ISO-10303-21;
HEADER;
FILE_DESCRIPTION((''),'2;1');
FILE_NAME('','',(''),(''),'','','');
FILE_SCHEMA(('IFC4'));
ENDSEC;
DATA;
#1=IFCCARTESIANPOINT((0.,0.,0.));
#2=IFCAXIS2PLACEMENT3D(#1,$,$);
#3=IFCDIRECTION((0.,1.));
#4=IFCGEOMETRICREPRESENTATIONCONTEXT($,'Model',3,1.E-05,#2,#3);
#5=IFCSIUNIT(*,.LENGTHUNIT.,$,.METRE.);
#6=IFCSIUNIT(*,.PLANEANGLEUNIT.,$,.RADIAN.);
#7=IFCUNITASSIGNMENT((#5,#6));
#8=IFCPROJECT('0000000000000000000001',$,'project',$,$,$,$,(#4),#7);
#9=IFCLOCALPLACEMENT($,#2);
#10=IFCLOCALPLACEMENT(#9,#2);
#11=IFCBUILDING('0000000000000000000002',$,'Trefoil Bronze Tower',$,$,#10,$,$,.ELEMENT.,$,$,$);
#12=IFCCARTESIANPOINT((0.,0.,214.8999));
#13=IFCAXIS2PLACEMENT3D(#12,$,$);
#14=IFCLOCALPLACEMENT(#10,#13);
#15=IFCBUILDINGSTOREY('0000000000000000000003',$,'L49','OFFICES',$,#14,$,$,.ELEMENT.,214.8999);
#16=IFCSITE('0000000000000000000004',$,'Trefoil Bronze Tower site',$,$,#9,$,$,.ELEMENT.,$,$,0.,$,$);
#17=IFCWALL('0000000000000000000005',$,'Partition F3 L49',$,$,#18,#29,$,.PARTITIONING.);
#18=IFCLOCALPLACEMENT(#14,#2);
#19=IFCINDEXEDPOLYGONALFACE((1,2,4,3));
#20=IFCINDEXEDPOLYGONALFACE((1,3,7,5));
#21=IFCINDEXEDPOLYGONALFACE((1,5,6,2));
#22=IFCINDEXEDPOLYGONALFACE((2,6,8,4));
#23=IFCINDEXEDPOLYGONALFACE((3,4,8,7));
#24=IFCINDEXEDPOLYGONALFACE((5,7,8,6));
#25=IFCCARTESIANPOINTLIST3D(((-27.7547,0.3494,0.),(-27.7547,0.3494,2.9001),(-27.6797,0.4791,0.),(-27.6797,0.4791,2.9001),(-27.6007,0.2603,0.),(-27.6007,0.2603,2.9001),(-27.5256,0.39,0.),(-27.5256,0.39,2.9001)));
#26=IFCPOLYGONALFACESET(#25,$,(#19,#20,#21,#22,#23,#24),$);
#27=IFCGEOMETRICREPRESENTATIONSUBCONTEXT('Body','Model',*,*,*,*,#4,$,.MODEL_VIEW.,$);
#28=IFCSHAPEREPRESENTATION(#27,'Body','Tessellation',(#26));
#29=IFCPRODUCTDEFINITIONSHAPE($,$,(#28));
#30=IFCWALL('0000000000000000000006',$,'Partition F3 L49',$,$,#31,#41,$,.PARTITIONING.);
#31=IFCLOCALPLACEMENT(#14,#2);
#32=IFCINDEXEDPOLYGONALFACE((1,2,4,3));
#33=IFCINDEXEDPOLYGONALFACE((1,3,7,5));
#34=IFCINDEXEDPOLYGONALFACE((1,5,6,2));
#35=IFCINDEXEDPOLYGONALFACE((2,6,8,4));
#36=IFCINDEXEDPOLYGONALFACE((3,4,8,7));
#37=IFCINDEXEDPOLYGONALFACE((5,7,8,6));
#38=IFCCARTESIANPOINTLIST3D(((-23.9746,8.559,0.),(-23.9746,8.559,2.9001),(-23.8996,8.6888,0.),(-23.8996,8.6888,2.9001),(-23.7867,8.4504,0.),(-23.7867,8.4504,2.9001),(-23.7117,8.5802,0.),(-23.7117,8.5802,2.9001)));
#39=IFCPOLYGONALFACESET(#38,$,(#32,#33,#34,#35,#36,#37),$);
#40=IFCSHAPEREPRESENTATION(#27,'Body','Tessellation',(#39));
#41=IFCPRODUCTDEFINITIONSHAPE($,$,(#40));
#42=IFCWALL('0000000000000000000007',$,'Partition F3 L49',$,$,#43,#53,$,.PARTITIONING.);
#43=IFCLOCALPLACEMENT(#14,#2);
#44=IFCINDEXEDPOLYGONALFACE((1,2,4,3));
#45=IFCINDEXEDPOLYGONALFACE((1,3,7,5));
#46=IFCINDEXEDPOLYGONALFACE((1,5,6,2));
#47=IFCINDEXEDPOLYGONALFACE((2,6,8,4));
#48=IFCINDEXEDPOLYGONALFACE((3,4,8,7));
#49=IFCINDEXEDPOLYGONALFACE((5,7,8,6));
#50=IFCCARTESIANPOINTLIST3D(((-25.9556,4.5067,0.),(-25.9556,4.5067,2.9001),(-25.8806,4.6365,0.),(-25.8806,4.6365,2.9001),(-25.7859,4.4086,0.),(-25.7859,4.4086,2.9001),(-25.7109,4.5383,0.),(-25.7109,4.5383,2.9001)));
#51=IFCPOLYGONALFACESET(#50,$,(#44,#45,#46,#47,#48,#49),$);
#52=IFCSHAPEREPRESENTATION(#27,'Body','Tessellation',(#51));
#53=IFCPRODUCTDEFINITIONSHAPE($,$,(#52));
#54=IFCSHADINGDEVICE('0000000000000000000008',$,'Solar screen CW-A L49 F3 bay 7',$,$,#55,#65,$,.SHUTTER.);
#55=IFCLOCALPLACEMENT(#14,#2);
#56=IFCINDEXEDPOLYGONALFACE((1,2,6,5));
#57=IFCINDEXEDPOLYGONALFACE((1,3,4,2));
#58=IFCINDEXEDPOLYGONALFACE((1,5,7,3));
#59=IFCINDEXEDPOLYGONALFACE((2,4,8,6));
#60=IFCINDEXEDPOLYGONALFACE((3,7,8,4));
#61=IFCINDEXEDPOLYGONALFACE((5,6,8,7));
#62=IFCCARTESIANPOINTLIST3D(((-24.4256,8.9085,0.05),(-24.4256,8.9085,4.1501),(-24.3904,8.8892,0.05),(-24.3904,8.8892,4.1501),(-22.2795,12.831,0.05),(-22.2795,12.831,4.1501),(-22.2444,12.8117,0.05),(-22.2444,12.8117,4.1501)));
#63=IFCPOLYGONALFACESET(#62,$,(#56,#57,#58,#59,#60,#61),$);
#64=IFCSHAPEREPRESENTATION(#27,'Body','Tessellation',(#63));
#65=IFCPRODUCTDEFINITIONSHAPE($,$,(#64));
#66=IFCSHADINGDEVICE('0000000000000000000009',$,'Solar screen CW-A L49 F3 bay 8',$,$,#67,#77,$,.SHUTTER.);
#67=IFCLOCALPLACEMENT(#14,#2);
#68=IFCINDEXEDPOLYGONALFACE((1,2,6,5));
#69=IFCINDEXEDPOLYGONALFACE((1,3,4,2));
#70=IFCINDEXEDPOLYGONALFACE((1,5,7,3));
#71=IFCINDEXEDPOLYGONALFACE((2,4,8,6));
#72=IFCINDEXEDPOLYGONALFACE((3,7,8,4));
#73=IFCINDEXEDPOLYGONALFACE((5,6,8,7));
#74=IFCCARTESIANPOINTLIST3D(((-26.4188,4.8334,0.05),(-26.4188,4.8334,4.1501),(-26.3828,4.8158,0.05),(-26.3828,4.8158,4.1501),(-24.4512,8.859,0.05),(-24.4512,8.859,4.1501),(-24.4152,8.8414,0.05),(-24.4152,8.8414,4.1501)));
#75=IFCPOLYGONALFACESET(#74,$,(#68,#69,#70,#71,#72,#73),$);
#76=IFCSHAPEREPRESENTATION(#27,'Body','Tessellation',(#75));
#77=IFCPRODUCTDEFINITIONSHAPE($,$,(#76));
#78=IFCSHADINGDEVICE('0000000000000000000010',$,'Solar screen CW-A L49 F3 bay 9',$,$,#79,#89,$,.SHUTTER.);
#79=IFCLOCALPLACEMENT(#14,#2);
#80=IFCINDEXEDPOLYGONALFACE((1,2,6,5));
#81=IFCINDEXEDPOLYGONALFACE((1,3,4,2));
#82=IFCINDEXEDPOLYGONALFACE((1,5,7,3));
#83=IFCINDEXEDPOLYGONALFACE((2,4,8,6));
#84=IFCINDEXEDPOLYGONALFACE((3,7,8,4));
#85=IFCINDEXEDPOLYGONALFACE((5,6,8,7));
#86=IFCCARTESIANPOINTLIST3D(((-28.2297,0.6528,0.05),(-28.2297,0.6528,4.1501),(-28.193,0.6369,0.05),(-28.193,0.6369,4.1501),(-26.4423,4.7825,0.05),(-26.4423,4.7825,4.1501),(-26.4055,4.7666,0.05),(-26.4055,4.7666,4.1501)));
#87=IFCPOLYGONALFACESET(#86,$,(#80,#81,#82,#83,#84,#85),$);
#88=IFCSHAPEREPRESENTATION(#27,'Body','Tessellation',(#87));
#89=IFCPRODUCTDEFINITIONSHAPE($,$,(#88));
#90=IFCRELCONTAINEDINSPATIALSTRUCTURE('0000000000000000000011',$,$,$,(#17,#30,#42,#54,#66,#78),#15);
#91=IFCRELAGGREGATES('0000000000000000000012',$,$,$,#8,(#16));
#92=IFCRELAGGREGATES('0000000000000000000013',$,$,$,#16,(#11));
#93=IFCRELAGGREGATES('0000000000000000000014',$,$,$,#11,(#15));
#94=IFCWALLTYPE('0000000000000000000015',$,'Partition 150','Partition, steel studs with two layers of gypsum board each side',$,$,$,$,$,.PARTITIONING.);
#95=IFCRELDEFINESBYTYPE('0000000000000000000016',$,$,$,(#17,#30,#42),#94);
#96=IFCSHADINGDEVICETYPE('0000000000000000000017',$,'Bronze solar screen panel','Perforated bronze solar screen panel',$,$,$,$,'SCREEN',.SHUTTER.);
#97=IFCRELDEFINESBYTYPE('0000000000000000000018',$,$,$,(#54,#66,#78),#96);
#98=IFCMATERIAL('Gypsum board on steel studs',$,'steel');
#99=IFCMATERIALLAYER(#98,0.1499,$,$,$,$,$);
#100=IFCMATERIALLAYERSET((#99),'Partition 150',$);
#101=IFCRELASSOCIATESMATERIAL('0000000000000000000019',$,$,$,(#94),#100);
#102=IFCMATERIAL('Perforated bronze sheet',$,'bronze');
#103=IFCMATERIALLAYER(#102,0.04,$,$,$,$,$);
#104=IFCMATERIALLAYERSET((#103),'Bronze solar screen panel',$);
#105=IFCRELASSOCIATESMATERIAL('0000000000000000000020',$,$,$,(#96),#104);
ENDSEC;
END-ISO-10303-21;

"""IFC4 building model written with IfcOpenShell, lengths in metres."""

from ifc_helpers import new_model, si_unit, direction, frame, frame_2d, origin, origin_2d, place, context, subcontext, project, spatial, rectangle, extrude, material, layer, layer_set, type_object, element, save


model = new_model("IFC4")

# Units and contexts
model_context = context("Model", 3, precision=1e-05, world=origin(), true_north=direction((0.0, 1.0)))
body_context = subcontext(model_context, "Body", "Model", "MODEL_VIEW")
ifc_project = project(units=[si_unit("LENGTHUNIT", "METRE"), si_unit("PLANEANGLEUNIT", "RADIAN")], contexts=[model_context])

# Site, building, storey
site_placement = place(None, origin())
site = spatial("IfcSite", under=ifc_project, at=site_placement, Name="Trefoil Bronze Tower site", CompositionType="ELEMENT", RefElevation=0.0)
building_placement = place(site_placement, origin())
building = spatial("IfcBuilding", under=site, at=building_placement, Name="Trefoil Bronze Tower", CompositionType="ELEMENT")
storey_placement = place(building_placement, frame((0.0, 0.0, 214.8999)))
storey = spatial("IfcBuildingStorey", under=building, at=storey_placement, Name="L49", Description="OFFICES", CompositionType="ELEMENT", Elevation=214.8999)

# Walls
ifc_material_1 = material(Name="Gypsum board on steel studs", Category="steel")
ifc_layer_1 = layer(ifc_material_1, 0.1499)
ifc_layer_set_1 = layer_set([ifc_layer_1], Name="Partition 150")
wall_type_1 = type_object("IfcWallType", Name="Partition 150", Description="Partition, steel studs with two layers of gypsum board each side", PredefinedType="PARTITIONING", material=ifc_layer_set_1)
wall_1_placement = place(storey_placement, frame((-27.5632, 0.3252, 0.0), z_axis=(0.0, 0.0, 1.0), x_axis=(-0.865614, 0.500712, 0.0)))
element("IfcWall", 1, at=wall_1_placement, inside=storey, type_object=wall_type_1, Name="Partition F3 L49", PredefinedType="PARTITIONING", context=body_context, shape_type="SweptSolid", body=[
    extrude(rectangle(XDim=0.178, YDim=0.1499, at=frame_2d((0.0889, 0.0))), origin(), (0.0, 0.0, 1.0), 2.9001),
])
wall_2_placement = place(storey_placement, frame((-23.7493, 8.5154, 0.0), z_axis=(0.0, 0.0, 1.0), x_axis=(-0.865811, 0.500371, 0.0)))
element("IfcWall", 2, at=wall_2_placement, inside=storey, type_object=wall_type_1, Name="Partition F3 L49", PredefinedType="PARTITIONING", context=body_context, shape_type="SweptSolid", body=[
    extrude(rectangle(XDim=0.217, YDim=0.1499, at=frame_2d((0.1084, 0.0))), origin(), (0.0, 0.0, 1.0), 2.9001),
])
wall_3_placement = place(storey_placement, frame((-25.7483, 4.4734, 0.0), z_axis=(0.0, 0.0, 1.0), x_axis=(-0.865625, 0.500693, 0.0)))
element("IfcWall", 3, at=wall_3_placement, inside=storey, type_object=wall_type_1, Name="Partition F3 L49", PredefinedType="PARTITIONING", context=body_context, shape_type="SweptSolid", body=[
    extrude(rectangle(XDim=0.196, YDim=0.1499, at=frame_2d((0.0981, 0.0))), origin(), (0.0, 0.0, 1.0), 2.9001),
])

# Shading devices
ifc_material_2 = material(Name="Perforated bronze sheet", Category="bronze")
ifc_layer_2 = layer(ifc_material_2, 0.04)
ifc_layer_set_2 = layer_set([ifc_layer_2], Name="Bronze solar screen panel")
shading_device_type = type_object("IfcShadingDeviceType", Name="Bronze solar screen panel", Description="Perforated bronze solar screen panel", ElementType="SCREEN", PredefinedType="SHUTTER", material=ifc_layer_set_2)
shading_device_1_placement = place(storey_placement, frame((-23.335, 10.8601, 0.05), z_axis=(0.0, 0.0, 1.0), x_axis=(-0.479974, -0.877283, 0.0)))
element("IfcShadingDevice", 4, at=shading_device_1_placement, inside=storey, type_object=shading_device_type, Name="Solar screen CW-A L49 F3 bay 7", PredefinedType="SHUTTER", context=body_context, shape_type="SweptSolid", body=[
    extrude(rectangle(XDim=4.4712, YDim=0.04, at=origin_2d()), origin(), (0.0, 0.0, 1.0), 4.1001),
])
shading_device_2_placement = place(storey_placement, frame((-25.417, 6.8374, 0.05), z_axis=(0.0, 0.0, 1.0), x_axis=(-0.439129, -0.898424, 0.0)))
element("IfcShadingDevice", 5, at=shading_device_2_placement, inside=storey, type_object=shading_device_type, Name="Solar screen CW-A L49 F3 bay 8", PredefinedType="SHUTTER", context=body_context, shape_type="SweptSolid", body=[
    extrude(rectangle(XDim=4.4807, YDim=0.04, at=origin_2d()), origin(), (0.0, 0.0, 1.0), 4.1001),
])
shading_device_3_placement = place(storey_placement, frame((-27.3176, 2.7097, 0.05), z_axis=(0.0, 0.0, 1.0), x_axis=(-0.39722, -0.917723, 0.0)))
element("IfcShadingDevice", 6, at=shading_device_3_placement, inside=storey, type_object=shading_device_type, Name="Solar screen CW-A L49 F3 bay 9", PredefinedType="SHUTTER", context=body_context, shape_type="SweptSolid", body=[
    extrude(rectangle(XDim=4.5, YDim=0.04, at=origin_2d()), origin(), (0.0, 0.0, 1.0), 4.1001),
])

save(model, "model.ifc")
